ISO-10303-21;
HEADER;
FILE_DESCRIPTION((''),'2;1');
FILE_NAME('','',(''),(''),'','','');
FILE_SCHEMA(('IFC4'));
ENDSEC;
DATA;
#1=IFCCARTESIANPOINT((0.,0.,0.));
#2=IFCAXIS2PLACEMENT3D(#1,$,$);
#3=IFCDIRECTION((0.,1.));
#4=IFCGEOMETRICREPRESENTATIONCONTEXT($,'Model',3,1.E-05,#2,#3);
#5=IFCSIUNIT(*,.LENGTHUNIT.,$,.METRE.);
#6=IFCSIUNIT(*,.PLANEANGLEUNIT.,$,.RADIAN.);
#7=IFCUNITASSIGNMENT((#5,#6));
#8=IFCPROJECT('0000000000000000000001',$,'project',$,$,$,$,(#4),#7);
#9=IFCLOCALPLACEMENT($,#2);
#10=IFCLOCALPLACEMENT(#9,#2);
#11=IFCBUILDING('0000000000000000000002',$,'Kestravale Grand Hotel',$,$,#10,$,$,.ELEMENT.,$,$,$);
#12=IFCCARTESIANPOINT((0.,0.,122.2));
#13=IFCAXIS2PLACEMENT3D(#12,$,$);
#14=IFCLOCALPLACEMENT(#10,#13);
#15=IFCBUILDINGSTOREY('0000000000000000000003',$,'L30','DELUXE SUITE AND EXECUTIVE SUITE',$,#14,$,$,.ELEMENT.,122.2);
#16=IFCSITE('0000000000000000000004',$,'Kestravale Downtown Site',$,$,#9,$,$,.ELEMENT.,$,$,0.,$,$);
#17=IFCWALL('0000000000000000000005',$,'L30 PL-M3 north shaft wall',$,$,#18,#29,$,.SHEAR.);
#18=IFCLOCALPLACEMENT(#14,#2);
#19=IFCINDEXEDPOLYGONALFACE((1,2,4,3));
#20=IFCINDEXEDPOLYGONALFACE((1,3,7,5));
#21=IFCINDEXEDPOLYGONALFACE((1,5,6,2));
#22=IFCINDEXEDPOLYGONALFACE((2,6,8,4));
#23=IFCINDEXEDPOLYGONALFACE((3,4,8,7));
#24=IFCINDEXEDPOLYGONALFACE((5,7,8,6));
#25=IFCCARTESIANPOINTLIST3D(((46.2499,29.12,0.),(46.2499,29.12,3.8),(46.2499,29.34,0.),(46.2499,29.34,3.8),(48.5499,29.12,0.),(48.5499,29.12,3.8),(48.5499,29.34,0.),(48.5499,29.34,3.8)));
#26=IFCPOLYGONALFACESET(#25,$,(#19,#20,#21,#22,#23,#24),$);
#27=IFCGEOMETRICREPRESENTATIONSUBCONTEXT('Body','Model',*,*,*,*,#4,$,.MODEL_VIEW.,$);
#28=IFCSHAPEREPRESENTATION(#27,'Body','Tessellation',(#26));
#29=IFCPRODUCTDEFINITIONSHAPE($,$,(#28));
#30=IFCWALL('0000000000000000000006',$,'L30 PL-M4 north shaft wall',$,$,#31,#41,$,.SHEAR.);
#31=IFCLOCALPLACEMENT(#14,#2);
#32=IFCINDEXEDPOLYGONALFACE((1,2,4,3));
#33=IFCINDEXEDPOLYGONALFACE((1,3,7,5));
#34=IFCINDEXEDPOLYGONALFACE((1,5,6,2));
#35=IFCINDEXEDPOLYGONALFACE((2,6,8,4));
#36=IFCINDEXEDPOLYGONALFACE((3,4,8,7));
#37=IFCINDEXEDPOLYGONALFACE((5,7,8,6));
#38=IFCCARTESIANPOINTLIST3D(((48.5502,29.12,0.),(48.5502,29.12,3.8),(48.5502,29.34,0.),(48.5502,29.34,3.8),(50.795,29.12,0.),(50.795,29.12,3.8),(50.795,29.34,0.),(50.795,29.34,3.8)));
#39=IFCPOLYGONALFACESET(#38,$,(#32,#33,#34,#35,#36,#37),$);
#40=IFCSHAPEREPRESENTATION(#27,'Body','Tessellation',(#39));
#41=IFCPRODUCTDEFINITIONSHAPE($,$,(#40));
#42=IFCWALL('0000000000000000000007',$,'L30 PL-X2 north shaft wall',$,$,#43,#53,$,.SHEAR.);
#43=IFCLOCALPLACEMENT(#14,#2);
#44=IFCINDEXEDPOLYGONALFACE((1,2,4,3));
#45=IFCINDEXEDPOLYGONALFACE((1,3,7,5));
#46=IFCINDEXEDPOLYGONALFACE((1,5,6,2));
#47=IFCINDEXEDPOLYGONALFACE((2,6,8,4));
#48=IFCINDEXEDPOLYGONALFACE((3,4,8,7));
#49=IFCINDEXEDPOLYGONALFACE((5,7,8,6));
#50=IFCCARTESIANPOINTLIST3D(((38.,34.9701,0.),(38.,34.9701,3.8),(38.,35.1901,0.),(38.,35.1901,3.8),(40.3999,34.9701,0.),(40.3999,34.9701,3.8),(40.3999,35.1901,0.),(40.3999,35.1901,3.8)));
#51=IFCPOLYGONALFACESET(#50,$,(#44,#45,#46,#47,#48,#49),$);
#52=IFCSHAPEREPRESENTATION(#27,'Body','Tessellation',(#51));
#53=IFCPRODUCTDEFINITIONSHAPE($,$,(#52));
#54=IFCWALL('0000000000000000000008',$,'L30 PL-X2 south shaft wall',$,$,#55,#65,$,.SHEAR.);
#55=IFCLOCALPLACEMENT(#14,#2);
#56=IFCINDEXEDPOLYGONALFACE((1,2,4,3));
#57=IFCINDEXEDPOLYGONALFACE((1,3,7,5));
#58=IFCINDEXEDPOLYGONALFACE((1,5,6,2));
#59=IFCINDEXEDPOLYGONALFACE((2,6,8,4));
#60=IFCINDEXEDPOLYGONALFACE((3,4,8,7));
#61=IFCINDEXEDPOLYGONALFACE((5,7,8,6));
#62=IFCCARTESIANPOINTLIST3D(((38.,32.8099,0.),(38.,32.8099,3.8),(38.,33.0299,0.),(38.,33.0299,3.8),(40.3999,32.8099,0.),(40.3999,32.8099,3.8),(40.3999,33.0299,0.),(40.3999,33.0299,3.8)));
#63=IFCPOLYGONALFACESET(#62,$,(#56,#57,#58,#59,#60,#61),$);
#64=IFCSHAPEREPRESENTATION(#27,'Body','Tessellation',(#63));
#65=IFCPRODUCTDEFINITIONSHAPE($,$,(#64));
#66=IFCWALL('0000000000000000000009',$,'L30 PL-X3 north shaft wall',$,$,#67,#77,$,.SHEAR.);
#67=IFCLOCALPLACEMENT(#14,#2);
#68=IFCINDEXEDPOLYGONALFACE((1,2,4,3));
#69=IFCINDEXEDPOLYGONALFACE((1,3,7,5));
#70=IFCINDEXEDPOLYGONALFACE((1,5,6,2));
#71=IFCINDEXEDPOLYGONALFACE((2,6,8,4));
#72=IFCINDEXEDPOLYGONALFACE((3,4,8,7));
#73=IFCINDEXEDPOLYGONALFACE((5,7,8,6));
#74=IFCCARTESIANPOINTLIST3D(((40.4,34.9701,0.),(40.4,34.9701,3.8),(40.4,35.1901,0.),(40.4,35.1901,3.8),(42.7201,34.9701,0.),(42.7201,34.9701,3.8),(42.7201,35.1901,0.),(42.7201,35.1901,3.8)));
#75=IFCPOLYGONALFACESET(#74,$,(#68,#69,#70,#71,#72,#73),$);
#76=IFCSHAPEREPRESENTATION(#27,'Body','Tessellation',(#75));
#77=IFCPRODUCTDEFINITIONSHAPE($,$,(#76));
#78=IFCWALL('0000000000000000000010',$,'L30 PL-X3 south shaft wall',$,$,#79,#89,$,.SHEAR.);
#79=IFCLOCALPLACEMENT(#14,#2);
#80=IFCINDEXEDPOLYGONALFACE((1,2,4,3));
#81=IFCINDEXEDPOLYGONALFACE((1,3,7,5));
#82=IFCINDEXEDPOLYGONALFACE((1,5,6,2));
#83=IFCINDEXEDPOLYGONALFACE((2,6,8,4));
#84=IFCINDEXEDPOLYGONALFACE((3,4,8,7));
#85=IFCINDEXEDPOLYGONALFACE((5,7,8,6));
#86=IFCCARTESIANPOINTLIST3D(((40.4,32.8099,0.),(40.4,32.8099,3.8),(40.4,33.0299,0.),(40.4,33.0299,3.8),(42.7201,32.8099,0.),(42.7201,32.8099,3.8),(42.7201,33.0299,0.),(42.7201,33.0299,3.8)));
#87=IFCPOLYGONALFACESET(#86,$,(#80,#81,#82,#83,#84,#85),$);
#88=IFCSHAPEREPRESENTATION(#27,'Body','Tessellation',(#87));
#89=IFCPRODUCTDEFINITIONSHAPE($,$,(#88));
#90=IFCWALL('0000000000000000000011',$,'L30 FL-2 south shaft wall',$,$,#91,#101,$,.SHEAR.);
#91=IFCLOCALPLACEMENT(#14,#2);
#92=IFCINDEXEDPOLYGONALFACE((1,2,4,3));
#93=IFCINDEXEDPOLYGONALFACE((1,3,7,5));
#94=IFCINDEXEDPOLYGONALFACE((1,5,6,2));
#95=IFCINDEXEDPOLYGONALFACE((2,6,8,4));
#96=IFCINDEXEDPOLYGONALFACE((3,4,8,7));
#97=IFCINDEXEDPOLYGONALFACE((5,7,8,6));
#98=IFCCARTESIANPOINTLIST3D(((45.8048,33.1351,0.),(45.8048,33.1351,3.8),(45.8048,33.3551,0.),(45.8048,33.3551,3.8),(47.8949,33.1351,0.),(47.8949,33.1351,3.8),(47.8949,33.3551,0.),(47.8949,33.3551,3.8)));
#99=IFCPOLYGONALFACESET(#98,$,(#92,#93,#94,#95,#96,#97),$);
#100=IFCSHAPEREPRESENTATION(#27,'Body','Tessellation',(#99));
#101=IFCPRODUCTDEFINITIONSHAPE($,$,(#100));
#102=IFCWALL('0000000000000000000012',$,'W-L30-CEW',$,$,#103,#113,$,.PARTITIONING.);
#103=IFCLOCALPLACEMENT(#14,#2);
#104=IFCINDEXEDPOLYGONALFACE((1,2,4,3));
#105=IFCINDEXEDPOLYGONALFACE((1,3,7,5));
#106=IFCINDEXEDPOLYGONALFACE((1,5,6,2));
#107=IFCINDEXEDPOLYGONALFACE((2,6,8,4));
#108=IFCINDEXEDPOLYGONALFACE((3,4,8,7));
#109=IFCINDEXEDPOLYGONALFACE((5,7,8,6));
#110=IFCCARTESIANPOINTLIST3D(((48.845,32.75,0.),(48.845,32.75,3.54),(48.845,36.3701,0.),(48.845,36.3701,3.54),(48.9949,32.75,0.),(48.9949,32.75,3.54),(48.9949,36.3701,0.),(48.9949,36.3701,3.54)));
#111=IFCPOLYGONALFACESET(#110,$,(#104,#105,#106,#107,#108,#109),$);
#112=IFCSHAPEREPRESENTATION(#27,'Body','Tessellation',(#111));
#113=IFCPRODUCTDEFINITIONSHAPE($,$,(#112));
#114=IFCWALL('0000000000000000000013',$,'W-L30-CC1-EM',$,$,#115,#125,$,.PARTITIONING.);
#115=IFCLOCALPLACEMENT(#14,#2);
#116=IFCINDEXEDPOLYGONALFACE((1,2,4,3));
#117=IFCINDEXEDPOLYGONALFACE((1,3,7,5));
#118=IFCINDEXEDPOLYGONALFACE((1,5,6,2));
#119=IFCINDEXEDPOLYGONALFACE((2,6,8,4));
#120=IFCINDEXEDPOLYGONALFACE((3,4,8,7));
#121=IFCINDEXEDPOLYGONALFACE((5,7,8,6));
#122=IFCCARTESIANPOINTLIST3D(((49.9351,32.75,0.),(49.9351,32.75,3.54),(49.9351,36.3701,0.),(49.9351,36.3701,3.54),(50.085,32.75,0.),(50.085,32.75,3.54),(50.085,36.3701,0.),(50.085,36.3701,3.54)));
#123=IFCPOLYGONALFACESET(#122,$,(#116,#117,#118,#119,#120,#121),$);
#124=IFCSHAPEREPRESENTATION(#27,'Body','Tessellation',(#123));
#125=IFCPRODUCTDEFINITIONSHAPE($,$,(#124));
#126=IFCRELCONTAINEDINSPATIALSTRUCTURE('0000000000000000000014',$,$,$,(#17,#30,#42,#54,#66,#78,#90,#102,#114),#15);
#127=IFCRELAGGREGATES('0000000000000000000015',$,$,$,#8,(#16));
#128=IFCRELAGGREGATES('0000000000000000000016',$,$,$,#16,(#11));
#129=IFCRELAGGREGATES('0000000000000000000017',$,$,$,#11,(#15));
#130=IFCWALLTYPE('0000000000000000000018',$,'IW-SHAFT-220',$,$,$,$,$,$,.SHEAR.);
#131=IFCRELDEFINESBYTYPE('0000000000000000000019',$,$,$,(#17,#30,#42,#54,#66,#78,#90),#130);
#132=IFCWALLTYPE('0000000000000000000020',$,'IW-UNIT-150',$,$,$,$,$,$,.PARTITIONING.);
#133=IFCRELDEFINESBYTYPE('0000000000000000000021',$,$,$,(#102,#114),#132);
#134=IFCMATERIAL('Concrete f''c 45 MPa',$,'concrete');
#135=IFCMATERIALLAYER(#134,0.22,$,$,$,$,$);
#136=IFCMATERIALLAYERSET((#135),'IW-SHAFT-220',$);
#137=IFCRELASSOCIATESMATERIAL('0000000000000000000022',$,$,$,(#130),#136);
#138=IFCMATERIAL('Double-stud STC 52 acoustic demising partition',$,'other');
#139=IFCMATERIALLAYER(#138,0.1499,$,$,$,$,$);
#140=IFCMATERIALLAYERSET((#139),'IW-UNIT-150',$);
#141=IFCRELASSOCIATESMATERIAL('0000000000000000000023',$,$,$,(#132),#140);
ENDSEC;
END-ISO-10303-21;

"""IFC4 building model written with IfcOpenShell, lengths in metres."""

from ifc_helpers import new_model, si_unit, direction, frame, frame_2d, origin, place, context, subcontext, project, spatial, rectangle, extrude, material, layer, layer_set, type_object, element, save


model = new_model("IFC4")

# Units and contexts
model_context = context("Model", 3, precision=1e-05, world=origin(), true_north=direction((0.0, 1.0)))
body_context = subcontext(model_context, "Body", "Model", "MODEL_VIEW")
ifc_project = project(units=[si_unit("LENGTHUNIT", "METRE"), si_unit("PLANEANGLEUNIT", "RADIAN")], contexts=[model_context])

# Site, building, storey
site_placement = place(None, origin())
site = spatial("IfcSite", under=ifc_project, at=site_placement, Name="Kestravale Downtown Site", CompositionType="ELEMENT", RefElevation=0.0)
building_placement = place(site_placement, origin())
building = spatial("IfcBuilding", under=site, at=building_placement, Name="Kestravale Grand Hotel", CompositionType="ELEMENT")
storey_placement = place(building_placement, frame((0.0, 0.0, 122.2)))
storey = spatial("IfcBuildingStorey", under=building, at=storey_placement, Name="L30", Description="DELUXE SUITE AND EXECUTIVE SUITE", CompositionType="ELEMENT", Elevation=122.2)

# Walls
ifc_material_1 = material(Name="Concrete f'c 45 MPa", Category="concrete")
ifc_layer_1 = layer(ifc_material_1, 0.22)
ifc_layer_set_1 = layer_set([ifc_layer_1], Name="IW-SHAFT-220")
wall_type_1 = type_object("IfcWallType", Name="IW-SHAFT-220", PredefinedType="SHEAR", material=ifc_layer_set_1)
for number, where, z_axis, x_axis, name in (
    (1, (46.25, 29.23, 0.0), (0.0, 0.0, 1.0), (1.0, 0.0, 0.0), "L30 PL-M3 north shaft wall"),
):
    element("IfcWall", number, at=place(storey_placement, frame(where, z_axis=z_axis, x_axis=x_axis)), inside=storey, type_object=wall_type_1, Name=name, PredefinedType="SHEAR", context=body_context, shape_type="SweptSolid", body=[
        extrude(rectangle(XDim=2.3, YDim=0.22, at=frame_2d((1.1499, 0.0))), origin(), (0.0, 0.0, 1.0), 3.8),
    ])
wall_1_placement = place(storey_placement, frame((48.55, 29.23, 0.0), z_axis=(0.0, 0.0, 1.0), x_axis=(1.0, 0.0, 0.0)))
element("IfcWall", 2, at=wall_1_placement, inside=storey, type_object=wall_type_1, Name="L30 PL-M4 north shaft wall", PredefinedType="SHEAR", context=body_context, shape_type="SweptSolid", body=[
    extrude(rectangle(XDim=2.2449, YDim=0.22, at=frame_2d((1.1226, 0.0))), origin(), (0.0, 0.0, 1.0), 3.8),
])
for number, where, z_axis, x_axis, name in (
    (3, (38.0, 35.0801, 0.0), (0.0, 0.0, 1.0), (1.0, 0.0, 0.0), "L30 PL-X2 north shaft wall"),
    (4, (38.0, 32.9199, 0.0), (0.0, 0.0, 1.0), (1.0, 0.0, 0.0), "L30 PL-X2 south shaft wall"),
):
    element("IfcWall", number, at=place(storey_placement, frame(where, z_axis=z_axis, x_axis=x_axis)), inside=storey, type_object=wall_type_1, Name=name, PredefinedType="SHEAR", context=body_context, shape_type="SweptSolid", body=[
        extrude(rectangle(XDim=2.3999, YDim=0.22, at=frame_2d((1.2, 0.0))), origin(), (0.0, 0.0, 1.0), 3.8),
    ])
for number, where, z_axis, x_axis, name in (
    (5, (40.3999, 35.0801, 0.0), (0.0, 0.0, 1.0), (1.0, 0.0, 0.0), "L30 PL-X3 north shaft wall"),
    (6, (40.3999, 32.9199, 0.0), (0.0, 0.0, 1.0), (1.0, 0.0, 0.0), "L30 PL-X3 south shaft wall"),
):
    element("IfcWall", number, at=place(storey_placement, frame(where, z_axis=z_axis, x_axis=x_axis)), inside=storey, type_object=wall_type_1, Name=name, PredefinedType="SHEAR", context=body_context, shape_type="SweptSolid", body=[
        extrude(rectangle(XDim=2.3201, YDim=0.22, at=frame_2d((1.1602, 0.0))), origin(), (0.0, 0.0, 1.0), 3.8),
    ])
wall_2_placement = place(storey_placement, frame((45.8049, 33.2451, 0.0), z_axis=(0.0, 0.0, 1.0), x_axis=(1.0, 0.0, 0.0)))
element("IfcWall", 7, at=wall_2_placement, inside=storey, type_object=wall_type_1, Name="L30 FL-2 south shaft wall", PredefinedType="SHEAR", context=body_context, shape_type="SweptSolid", body=[
    extrude(rectangle(XDim=2.0901, YDim=0.22, at=frame_2d((1.0449, 0.0))), origin(), (0.0, 0.0, 1.0), 3.8),
])
ifc_material_2 = material(Name="Double-stud STC 52 acoustic demising partition", Category="other")
ifc_layer_2 = layer(ifc_material_2, 0.1499)
ifc_layer_set_2 = layer_set([ifc_layer_2], Name="IW-UNIT-150")
wall_type_2 = type_object("IfcWallType", Name="IW-UNIT-150", PredefinedType="PARTITIONING", material=ifc_layer_set_2)
for number, where, z_axis, x_axis, name in (
    (8, (48.9199, 32.75, 0.0), (0.0, 0.0, 1.0), (0.0, 1.0, 0.0), "W-L30-CEW"),
    (9, (50.01, 32.75, 0.0), (0.0, 0.0, 1.0), (0.0, 1.0, 0.0), "W-L30-CC1-EM"),
):
    element("IfcWall", number, at=place(storey_placement, frame(where, z_axis=z_axis, x_axis=x_axis)), inside=storey, type_object=wall_type_2, Name=name, PredefinedType="PARTITIONING", context=body_context, shape_type="SweptSolid", body=[
        extrude(rectangle(XDim=3.6201, YDim=0.1499, at=frame_2d((1.8101, 0.0))), origin(), (0.0, 0.0, 1.0), 3.54),
    ])

save(model, "model.ifc")
